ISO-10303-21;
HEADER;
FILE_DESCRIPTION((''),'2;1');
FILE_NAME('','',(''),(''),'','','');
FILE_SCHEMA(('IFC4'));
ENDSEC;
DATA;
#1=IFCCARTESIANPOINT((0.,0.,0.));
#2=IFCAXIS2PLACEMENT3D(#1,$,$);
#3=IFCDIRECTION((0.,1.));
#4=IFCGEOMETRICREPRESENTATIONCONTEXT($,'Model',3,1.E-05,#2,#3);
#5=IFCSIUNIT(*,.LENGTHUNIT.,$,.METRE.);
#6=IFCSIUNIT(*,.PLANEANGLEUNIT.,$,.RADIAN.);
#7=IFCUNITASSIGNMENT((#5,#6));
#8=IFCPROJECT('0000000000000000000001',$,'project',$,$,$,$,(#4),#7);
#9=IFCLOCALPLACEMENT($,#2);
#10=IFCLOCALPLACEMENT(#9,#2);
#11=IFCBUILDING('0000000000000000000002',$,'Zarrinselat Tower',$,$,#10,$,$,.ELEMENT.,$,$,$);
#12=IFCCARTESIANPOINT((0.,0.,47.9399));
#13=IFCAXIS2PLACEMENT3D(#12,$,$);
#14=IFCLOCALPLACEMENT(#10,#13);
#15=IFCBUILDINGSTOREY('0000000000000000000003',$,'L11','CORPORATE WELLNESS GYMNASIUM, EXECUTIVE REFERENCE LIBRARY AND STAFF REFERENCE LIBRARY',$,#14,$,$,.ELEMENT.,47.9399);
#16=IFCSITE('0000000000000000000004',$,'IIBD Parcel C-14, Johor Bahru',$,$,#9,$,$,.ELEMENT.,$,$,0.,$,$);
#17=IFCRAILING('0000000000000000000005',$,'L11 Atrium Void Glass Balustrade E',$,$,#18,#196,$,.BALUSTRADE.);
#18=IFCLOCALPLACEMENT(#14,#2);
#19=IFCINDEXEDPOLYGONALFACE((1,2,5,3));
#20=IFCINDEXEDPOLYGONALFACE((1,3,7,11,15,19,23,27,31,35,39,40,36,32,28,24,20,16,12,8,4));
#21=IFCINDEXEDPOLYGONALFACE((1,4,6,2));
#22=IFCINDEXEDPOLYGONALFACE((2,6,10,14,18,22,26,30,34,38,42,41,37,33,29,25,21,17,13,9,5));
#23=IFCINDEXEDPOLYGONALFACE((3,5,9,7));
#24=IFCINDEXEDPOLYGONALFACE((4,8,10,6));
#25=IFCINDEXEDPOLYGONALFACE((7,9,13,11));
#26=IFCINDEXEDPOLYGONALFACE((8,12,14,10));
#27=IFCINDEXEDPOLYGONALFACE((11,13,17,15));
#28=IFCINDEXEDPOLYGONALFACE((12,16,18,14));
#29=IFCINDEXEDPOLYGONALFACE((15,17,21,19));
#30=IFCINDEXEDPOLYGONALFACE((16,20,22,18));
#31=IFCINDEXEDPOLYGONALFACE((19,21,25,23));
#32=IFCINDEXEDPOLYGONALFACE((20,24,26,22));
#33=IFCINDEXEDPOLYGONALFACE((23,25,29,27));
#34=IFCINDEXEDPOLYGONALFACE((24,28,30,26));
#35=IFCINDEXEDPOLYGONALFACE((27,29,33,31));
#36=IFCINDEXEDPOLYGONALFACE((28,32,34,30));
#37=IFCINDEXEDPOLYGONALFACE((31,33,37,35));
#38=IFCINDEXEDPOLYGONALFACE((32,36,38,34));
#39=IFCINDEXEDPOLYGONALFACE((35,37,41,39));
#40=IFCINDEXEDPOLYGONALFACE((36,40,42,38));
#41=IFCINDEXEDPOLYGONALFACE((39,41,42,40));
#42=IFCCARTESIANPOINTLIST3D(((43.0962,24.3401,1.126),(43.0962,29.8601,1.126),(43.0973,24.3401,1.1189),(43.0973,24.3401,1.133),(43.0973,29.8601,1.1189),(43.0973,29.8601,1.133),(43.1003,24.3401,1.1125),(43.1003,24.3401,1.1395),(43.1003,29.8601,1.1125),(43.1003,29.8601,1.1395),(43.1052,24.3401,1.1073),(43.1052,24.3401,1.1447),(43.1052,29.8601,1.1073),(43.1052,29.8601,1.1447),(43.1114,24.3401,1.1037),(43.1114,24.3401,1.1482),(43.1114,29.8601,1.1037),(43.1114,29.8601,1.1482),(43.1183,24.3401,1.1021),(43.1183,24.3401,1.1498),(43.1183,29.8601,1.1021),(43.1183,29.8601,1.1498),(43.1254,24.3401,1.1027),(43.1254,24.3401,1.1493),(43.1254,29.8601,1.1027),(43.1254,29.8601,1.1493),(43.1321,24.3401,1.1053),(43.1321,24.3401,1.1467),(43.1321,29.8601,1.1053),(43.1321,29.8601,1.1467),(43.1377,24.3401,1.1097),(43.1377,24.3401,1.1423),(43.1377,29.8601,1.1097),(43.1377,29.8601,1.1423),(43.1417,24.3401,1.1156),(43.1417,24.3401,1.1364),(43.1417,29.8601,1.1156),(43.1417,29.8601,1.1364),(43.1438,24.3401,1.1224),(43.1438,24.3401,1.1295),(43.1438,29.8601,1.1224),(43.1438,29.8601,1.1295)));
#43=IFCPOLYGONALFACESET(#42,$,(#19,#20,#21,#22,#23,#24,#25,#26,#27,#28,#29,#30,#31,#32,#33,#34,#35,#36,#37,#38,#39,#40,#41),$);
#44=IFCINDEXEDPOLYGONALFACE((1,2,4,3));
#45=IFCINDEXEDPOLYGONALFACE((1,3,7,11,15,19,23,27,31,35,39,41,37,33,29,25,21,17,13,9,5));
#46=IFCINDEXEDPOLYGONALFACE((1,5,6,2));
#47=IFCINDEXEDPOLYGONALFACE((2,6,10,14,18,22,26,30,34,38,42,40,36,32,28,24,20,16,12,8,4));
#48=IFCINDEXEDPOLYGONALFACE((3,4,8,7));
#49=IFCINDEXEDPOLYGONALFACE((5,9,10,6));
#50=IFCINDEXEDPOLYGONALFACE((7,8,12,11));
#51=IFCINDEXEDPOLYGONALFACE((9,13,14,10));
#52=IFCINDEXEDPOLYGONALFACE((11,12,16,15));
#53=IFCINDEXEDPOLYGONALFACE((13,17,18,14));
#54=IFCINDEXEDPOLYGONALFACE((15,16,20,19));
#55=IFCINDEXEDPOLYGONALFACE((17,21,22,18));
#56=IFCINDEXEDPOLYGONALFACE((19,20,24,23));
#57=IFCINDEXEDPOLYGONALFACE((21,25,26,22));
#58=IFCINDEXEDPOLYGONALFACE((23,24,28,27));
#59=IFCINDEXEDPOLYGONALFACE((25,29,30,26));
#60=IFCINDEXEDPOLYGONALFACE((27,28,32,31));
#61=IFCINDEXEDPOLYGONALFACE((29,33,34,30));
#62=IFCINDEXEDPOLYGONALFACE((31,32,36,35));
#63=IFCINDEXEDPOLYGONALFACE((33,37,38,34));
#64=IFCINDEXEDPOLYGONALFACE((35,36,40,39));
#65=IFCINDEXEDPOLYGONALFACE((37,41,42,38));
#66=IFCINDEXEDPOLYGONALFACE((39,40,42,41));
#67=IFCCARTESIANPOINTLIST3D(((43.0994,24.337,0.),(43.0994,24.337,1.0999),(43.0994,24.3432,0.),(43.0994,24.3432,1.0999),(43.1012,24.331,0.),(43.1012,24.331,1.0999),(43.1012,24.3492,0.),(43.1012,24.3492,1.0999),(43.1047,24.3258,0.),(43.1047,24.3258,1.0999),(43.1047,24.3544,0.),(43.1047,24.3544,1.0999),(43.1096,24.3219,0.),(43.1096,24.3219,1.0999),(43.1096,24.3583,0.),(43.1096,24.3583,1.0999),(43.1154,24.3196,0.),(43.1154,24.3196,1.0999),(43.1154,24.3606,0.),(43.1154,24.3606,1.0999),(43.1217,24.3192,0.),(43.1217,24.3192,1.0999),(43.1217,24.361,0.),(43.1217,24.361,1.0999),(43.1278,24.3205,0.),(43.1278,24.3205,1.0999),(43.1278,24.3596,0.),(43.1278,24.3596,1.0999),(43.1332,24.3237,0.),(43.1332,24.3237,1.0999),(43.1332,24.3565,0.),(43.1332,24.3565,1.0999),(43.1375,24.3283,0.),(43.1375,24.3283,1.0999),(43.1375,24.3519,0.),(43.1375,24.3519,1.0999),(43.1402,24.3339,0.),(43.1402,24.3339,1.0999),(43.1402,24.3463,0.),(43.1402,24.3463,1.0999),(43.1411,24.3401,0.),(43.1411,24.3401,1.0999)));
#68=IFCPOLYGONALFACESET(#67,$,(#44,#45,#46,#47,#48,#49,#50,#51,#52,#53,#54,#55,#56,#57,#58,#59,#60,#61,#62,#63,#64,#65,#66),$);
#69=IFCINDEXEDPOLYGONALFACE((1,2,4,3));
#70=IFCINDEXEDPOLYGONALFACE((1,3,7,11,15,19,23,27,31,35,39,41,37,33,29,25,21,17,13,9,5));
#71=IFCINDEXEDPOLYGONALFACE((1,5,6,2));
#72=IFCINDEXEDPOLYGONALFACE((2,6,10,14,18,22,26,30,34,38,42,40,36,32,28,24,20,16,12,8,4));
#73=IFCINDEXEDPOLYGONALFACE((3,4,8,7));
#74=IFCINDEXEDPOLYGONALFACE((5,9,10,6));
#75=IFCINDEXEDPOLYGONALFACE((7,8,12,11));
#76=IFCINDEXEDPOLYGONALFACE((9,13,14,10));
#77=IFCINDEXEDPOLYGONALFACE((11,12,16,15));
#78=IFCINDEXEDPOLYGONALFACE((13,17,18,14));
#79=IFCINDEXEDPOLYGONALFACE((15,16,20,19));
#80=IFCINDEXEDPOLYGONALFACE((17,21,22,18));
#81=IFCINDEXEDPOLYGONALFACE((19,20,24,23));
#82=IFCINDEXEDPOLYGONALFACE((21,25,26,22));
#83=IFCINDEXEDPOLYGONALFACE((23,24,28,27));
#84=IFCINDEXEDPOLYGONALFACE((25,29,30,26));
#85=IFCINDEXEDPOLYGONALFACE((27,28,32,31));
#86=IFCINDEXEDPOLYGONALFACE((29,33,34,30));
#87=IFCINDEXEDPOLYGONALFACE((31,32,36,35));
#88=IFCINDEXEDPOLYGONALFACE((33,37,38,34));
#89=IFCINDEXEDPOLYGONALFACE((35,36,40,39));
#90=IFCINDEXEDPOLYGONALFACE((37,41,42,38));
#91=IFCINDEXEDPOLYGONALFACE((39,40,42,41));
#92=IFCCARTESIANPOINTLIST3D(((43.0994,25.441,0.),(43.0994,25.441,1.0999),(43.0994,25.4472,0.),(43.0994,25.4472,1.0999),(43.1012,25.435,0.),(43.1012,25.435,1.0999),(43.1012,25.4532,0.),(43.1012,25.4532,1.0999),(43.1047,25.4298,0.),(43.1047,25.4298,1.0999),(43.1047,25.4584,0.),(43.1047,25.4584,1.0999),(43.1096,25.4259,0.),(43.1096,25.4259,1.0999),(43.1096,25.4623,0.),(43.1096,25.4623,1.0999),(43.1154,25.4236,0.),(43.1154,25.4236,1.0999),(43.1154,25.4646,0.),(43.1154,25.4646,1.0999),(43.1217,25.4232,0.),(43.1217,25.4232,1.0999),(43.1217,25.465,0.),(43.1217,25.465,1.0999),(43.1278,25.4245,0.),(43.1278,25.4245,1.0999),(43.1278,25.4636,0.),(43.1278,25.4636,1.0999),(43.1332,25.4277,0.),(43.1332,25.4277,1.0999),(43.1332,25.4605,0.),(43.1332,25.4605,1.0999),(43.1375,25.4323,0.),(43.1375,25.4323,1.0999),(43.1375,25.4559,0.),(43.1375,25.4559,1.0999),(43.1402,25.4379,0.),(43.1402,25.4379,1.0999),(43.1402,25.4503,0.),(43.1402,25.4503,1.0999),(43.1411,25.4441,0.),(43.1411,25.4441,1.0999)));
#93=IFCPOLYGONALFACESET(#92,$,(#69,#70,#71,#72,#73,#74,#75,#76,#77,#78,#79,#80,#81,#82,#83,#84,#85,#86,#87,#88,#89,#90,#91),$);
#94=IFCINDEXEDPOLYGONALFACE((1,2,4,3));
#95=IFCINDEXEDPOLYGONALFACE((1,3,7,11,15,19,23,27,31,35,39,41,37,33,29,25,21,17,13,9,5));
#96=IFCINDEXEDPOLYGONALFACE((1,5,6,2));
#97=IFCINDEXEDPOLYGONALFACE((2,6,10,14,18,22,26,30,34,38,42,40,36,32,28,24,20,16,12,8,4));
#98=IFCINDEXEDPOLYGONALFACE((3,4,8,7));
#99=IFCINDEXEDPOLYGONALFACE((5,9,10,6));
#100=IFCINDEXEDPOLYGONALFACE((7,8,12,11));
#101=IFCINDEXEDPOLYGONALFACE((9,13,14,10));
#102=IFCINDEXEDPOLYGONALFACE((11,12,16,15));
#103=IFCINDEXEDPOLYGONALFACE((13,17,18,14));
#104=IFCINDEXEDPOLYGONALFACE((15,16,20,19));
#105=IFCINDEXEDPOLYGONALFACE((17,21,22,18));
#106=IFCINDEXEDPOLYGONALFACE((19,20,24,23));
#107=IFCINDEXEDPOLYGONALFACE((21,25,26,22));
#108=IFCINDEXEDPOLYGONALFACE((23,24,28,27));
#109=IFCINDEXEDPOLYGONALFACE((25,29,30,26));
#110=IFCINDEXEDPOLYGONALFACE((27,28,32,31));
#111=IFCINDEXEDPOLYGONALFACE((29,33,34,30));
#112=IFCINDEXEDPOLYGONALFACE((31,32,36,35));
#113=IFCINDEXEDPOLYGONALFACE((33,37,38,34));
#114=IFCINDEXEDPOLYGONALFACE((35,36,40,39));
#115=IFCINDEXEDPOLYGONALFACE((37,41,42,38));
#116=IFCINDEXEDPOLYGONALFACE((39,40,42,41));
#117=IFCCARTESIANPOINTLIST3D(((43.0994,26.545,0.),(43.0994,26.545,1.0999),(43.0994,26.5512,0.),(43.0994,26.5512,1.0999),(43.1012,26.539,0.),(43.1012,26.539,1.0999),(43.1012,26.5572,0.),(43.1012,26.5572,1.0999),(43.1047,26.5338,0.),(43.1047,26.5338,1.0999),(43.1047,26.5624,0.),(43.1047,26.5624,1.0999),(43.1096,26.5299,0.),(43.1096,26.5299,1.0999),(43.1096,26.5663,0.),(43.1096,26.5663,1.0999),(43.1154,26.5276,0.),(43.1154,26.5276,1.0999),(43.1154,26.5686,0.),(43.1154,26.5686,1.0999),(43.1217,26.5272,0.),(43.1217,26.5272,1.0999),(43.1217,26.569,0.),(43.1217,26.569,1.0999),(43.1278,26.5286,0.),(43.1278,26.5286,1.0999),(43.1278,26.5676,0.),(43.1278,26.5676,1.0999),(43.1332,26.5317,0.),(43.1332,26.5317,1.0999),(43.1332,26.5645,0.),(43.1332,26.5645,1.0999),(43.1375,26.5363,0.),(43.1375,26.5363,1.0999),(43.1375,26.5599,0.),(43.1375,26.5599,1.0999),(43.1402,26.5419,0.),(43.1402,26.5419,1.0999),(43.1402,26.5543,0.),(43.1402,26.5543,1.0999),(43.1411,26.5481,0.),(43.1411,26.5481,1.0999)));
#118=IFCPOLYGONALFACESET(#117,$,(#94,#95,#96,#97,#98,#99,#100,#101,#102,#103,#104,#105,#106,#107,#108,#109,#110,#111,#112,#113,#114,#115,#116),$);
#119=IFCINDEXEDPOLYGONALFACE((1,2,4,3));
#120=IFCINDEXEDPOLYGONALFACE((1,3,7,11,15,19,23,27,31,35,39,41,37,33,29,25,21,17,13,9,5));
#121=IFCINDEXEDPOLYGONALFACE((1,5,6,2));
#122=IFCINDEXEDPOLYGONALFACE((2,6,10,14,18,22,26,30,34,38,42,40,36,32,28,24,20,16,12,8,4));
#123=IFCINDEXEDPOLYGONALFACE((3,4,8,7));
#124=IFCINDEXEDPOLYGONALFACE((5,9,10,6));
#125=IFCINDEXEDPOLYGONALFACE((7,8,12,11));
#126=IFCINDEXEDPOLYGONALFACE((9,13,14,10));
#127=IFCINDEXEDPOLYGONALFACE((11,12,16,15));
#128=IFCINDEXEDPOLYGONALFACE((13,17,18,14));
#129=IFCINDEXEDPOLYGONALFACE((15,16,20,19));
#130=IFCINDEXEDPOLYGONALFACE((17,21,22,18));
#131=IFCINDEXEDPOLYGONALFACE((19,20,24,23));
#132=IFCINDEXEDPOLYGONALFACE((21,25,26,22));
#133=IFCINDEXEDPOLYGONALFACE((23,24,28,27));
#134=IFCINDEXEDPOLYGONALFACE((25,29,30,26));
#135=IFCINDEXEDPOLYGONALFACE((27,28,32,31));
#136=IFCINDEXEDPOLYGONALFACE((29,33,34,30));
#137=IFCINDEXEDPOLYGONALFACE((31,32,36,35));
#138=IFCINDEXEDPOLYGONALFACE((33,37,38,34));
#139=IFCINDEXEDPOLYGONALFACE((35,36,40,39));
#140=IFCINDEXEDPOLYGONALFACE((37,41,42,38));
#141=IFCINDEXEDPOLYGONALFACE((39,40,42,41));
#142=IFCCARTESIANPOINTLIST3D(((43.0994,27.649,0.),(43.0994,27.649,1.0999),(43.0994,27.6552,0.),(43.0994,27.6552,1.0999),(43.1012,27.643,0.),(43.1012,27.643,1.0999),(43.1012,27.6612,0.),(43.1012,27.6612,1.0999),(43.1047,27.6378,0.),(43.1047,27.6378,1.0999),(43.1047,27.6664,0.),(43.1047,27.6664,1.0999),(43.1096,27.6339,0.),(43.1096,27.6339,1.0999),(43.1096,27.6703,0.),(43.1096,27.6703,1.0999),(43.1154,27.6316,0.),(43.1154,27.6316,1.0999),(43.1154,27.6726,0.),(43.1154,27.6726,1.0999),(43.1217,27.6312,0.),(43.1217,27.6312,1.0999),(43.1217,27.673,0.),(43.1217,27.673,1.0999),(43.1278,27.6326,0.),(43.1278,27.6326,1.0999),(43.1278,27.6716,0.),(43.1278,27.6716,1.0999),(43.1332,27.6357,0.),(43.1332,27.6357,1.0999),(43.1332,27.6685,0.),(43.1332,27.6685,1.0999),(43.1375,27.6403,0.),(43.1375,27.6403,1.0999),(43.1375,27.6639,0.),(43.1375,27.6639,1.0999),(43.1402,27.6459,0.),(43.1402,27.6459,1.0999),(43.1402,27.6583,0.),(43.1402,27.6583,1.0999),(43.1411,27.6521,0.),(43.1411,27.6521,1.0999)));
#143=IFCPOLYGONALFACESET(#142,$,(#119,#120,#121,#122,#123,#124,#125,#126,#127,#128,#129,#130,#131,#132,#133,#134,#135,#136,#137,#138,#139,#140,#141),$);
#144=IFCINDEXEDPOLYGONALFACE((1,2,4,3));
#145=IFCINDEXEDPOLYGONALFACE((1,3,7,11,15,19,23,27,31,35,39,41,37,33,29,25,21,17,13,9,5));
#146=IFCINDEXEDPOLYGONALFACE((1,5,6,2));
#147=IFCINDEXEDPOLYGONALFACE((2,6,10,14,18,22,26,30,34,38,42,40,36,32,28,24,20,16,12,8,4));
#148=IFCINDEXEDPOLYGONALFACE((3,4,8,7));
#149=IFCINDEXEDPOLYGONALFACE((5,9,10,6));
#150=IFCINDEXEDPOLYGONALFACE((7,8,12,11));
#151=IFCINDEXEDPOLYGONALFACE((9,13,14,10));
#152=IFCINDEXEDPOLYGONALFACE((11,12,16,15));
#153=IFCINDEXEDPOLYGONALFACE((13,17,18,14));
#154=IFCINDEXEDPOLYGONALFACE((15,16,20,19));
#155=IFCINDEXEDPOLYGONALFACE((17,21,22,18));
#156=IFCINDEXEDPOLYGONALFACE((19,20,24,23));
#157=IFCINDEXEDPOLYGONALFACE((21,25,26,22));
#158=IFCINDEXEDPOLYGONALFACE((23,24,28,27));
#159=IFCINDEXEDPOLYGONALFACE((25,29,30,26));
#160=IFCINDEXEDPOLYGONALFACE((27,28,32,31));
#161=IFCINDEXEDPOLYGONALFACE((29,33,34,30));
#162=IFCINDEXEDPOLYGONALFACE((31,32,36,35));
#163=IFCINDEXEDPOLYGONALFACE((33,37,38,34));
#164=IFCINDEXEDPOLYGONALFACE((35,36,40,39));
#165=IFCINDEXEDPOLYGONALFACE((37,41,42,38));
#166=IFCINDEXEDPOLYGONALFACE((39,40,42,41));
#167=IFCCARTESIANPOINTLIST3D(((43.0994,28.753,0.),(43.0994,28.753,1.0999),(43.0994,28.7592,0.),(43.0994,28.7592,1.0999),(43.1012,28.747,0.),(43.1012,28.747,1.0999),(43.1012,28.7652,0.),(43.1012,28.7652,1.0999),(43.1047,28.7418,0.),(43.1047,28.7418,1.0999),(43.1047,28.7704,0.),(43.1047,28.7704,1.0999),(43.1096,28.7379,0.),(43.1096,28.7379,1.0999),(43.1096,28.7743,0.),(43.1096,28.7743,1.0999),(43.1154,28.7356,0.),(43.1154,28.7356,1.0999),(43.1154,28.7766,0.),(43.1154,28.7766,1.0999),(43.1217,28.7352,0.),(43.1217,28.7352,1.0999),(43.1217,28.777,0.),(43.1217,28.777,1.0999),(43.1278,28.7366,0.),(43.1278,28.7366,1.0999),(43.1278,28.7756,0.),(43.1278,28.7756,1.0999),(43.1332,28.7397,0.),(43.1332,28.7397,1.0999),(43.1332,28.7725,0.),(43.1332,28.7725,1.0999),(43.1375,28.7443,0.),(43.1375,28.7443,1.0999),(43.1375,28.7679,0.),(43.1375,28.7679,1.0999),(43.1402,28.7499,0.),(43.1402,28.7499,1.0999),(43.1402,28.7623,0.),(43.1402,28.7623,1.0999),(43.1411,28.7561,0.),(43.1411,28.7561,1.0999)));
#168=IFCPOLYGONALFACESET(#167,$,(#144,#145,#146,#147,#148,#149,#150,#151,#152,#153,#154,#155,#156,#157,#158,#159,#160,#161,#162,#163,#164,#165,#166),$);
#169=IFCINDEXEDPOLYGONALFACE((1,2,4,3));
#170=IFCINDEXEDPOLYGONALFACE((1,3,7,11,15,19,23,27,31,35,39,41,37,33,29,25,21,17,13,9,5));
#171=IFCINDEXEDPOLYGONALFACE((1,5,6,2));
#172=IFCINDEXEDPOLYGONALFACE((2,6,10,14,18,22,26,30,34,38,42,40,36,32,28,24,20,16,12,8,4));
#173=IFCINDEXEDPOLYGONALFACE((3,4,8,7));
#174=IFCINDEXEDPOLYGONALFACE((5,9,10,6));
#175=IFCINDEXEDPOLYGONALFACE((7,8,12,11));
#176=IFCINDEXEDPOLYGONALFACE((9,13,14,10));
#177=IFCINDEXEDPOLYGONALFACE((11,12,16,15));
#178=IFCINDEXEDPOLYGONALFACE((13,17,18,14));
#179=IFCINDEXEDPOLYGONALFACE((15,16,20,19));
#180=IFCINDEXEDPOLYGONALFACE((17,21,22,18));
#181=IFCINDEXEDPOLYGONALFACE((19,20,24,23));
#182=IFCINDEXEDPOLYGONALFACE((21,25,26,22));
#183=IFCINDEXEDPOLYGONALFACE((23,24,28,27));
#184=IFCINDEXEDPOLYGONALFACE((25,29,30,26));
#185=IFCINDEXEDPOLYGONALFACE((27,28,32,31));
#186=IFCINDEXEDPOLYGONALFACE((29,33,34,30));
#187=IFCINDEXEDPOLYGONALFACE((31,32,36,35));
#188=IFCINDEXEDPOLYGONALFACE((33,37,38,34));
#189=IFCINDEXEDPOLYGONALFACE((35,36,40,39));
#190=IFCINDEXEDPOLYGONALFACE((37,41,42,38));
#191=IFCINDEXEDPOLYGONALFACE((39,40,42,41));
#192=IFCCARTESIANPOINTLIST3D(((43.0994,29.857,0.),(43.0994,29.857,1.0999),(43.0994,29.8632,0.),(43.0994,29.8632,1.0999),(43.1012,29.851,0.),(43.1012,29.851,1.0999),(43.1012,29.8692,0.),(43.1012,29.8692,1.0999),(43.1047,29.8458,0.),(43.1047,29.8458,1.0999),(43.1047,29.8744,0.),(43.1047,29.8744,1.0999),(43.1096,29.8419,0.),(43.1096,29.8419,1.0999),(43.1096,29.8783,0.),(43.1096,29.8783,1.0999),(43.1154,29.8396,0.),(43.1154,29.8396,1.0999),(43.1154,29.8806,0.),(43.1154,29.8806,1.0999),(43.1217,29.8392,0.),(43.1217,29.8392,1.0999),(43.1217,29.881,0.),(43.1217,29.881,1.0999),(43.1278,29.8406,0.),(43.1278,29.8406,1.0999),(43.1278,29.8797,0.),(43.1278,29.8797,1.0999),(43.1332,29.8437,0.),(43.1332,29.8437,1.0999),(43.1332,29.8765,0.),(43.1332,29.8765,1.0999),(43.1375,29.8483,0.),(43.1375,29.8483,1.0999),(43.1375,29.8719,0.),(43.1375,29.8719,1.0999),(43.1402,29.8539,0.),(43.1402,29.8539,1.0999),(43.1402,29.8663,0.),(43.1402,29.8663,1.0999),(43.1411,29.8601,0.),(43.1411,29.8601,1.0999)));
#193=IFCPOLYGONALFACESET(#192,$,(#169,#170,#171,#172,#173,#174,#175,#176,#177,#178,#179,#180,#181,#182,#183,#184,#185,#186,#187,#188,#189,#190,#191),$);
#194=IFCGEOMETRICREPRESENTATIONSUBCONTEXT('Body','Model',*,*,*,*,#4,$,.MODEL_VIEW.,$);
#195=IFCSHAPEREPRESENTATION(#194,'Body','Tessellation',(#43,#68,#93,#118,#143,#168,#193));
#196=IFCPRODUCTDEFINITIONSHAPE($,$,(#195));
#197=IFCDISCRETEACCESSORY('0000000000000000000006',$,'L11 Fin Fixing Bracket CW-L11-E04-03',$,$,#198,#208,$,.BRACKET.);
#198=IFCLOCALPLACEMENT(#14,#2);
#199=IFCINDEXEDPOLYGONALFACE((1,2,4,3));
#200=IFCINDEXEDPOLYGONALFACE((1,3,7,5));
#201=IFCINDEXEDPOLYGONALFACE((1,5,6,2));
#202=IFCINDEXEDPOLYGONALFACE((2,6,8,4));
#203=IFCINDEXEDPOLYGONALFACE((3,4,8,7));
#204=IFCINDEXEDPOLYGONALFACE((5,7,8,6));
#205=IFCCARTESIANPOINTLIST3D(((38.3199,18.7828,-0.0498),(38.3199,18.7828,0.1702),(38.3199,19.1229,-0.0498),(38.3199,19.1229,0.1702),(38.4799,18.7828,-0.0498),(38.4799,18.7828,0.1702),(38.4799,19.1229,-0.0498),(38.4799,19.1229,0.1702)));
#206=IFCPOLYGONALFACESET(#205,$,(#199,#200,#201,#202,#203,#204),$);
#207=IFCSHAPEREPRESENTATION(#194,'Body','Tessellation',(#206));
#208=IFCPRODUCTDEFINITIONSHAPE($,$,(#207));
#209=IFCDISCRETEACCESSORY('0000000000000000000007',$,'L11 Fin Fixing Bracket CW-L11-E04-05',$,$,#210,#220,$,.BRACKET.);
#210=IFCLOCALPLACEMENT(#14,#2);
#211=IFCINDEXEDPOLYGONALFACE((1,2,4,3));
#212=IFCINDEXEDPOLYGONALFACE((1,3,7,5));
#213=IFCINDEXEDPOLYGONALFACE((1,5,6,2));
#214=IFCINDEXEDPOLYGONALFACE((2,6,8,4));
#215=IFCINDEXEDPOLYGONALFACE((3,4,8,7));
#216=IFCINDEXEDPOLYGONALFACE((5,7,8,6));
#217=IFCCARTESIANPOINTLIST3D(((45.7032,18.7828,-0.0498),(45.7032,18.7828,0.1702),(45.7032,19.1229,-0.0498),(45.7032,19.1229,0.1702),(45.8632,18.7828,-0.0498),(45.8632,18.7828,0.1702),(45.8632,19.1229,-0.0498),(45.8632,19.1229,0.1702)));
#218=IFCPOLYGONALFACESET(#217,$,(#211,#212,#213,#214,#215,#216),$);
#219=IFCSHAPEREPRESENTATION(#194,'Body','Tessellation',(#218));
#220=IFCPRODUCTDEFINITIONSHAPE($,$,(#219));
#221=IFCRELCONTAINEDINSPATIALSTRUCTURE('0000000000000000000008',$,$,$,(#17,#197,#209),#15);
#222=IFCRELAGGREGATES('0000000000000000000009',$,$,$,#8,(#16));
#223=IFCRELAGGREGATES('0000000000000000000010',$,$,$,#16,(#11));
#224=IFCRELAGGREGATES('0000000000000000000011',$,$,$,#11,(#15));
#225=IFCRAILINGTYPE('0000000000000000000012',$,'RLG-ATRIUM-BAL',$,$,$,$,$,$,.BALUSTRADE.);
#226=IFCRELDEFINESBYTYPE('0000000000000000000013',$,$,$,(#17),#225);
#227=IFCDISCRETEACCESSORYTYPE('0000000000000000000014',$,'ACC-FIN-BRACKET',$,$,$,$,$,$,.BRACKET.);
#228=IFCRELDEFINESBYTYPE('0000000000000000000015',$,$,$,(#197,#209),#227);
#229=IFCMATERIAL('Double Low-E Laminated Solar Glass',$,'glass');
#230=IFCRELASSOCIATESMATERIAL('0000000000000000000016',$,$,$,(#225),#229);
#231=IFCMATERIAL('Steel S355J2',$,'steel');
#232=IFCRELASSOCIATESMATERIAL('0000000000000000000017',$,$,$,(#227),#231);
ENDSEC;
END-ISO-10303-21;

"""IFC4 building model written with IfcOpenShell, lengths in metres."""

from ifc_helpers import new_model, si_unit, direction, frame, origin, origin_2d, place, context, subcontext, project, spatial, rectangle, circle, extrude, material, type_object, element, save


model = new_model("IFC4")

# Units and contexts
model_context = context("Model", 3, precision=1e-05, world=origin(), true_north=direction((0.0, 1.0)))
body_context = subcontext(model_context, "Body", "Model", "MODEL_VIEW")
ifc_project = project(units=[si_unit("LENGTHUNIT", "METRE"), si_unit("PLANEANGLEUNIT", "RADIAN")], contexts=[model_context])

# Site, building, storey
site_placement = place(None, origin())
site = spatial("IfcSite", under=ifc_project, at=site_placement, Name="IIBD Parcel C-14, Johor Bahru", CompositionType="ELEMENT", RefElevation=0.0)
building_placement = place(site_placement, origin())
building = spatial("IfcBuilding", under=site, at=building_placement, Name="Zarrinselat Tower", CompositionType="ELEMENT")
storey_placement = place(building_placement, frame((0.0, 0.0, 47.9399)))
storey = spatial("IfcBuildingStorey", under=building, at=storey_placement, Name="L11", Description="CORPORATE WELLNESS GYMNASIUM, EXECUTIVE REFERENCE LIBRARY AND STAFF REFERENCE LIBRARY", CompositionType="ELEMENT", Elevation=47.9399)

# Railing
ifc_material_1 = material(Name="Double Low-E Laminated Solar Glass", Category="glass")
railing_type = type_object("IfcRailingType", Name="RLG-ATRIUM-BAL", PredefinedType="BALUSTRADE", material=ifc_material_1)
railing_1_placement = place(storey_placement, frame((43.1201, 24.3401, 0.0)))
element("IfcRailing", 1, at=railing_1_placement, inside=storey, type_object=railing_type, Name="L11 Atrium Void Glass Balustrade E", PredefinedType="BALUSTRADE", context=body_context, shape_type="SweptSolid", body=[
    extrude(circle(Radius=0.0239, at=origin_2d()), frame((0.0, 0.0, 1.126), z_axis=(0.0, 1.0, 0.0), x_axis=(-1.0, 0.0, 0.0)), (0.0, 0.0, 1.0), 5.52),
    extrude(circle(Radius=0.021, at=origin_2d()), origin(), (0.0, 0.0, 1.0), 1.0999),
    extrude(circle(Radius=0.021, at=origin_2d()), frame((0.0, 1.104, 0.0)), (0.0, 0.0, 1.0), 1.0999),
    extrude(circle(Radius=0.021, at=origin_2d()), frame((0.0, 2.208, 0.0)), (0.0, 0.0, 1.0), 1.0999),
    extrude(circle(Radius=0.021, at=origin_2d()), frame((0.0, 3.312, 0.0)), (0.0, 0.0, 1.0), 1.0999),
    extrude(circle(Radius=0.021, at=origin_2d()), frame((0.0, 4.416, 0.0)), (0.0, 0.0, 1.0), 1.0999),
    extrude(circle(Radius=0.021, at=origin_2d()), frame((0.0, 5.52, 0.0)), (0.0, 0.0, 1.0), 1.0999),
])

# Discrete accessories
ifc_material_2 = material(Name="Steel S355J2", Category="steel")
discrete_accessory_type = type_object("IfcDiscreteAccessoryType", Name="ACC-FIN-BRACKET", PredefinedType="BRACKET", material=ifc_material_2)
for number, where, z_axis, x_axis, name in (
    (2, (38.3999, 18.9529, -0.0498), (0.0, 0.0, 1.0), (0.0, -1.0, 0.0), "L11 Fin Fixing Bracket CW-L11-E04-03"),
    (3, (45.7832, 18.9529, -0.0498), (0.0, 0.0, 1.0), (0.0, -1.0, 0.0), "L11 Fin Fixing Bracket CW-L11-E04-05"),
):
    element("IfcDiscreteAccessory", number, at=place(storey_placement, frame(where, z_axis=z_axis, x_axis=x_axis)), inside=storey, type_object=discrete_accessory_type, Name=name, PredefinedType="BRACKET", context=body_context, shape_type="SweptSolid", body=[
        extrude(rectangle(XDim=0.3401, YDim=0.1599, at=origin_2d()), origin(), (0.0, 0.0, 1.0), 0.22),
    ])

save(model, "model.ifc")
